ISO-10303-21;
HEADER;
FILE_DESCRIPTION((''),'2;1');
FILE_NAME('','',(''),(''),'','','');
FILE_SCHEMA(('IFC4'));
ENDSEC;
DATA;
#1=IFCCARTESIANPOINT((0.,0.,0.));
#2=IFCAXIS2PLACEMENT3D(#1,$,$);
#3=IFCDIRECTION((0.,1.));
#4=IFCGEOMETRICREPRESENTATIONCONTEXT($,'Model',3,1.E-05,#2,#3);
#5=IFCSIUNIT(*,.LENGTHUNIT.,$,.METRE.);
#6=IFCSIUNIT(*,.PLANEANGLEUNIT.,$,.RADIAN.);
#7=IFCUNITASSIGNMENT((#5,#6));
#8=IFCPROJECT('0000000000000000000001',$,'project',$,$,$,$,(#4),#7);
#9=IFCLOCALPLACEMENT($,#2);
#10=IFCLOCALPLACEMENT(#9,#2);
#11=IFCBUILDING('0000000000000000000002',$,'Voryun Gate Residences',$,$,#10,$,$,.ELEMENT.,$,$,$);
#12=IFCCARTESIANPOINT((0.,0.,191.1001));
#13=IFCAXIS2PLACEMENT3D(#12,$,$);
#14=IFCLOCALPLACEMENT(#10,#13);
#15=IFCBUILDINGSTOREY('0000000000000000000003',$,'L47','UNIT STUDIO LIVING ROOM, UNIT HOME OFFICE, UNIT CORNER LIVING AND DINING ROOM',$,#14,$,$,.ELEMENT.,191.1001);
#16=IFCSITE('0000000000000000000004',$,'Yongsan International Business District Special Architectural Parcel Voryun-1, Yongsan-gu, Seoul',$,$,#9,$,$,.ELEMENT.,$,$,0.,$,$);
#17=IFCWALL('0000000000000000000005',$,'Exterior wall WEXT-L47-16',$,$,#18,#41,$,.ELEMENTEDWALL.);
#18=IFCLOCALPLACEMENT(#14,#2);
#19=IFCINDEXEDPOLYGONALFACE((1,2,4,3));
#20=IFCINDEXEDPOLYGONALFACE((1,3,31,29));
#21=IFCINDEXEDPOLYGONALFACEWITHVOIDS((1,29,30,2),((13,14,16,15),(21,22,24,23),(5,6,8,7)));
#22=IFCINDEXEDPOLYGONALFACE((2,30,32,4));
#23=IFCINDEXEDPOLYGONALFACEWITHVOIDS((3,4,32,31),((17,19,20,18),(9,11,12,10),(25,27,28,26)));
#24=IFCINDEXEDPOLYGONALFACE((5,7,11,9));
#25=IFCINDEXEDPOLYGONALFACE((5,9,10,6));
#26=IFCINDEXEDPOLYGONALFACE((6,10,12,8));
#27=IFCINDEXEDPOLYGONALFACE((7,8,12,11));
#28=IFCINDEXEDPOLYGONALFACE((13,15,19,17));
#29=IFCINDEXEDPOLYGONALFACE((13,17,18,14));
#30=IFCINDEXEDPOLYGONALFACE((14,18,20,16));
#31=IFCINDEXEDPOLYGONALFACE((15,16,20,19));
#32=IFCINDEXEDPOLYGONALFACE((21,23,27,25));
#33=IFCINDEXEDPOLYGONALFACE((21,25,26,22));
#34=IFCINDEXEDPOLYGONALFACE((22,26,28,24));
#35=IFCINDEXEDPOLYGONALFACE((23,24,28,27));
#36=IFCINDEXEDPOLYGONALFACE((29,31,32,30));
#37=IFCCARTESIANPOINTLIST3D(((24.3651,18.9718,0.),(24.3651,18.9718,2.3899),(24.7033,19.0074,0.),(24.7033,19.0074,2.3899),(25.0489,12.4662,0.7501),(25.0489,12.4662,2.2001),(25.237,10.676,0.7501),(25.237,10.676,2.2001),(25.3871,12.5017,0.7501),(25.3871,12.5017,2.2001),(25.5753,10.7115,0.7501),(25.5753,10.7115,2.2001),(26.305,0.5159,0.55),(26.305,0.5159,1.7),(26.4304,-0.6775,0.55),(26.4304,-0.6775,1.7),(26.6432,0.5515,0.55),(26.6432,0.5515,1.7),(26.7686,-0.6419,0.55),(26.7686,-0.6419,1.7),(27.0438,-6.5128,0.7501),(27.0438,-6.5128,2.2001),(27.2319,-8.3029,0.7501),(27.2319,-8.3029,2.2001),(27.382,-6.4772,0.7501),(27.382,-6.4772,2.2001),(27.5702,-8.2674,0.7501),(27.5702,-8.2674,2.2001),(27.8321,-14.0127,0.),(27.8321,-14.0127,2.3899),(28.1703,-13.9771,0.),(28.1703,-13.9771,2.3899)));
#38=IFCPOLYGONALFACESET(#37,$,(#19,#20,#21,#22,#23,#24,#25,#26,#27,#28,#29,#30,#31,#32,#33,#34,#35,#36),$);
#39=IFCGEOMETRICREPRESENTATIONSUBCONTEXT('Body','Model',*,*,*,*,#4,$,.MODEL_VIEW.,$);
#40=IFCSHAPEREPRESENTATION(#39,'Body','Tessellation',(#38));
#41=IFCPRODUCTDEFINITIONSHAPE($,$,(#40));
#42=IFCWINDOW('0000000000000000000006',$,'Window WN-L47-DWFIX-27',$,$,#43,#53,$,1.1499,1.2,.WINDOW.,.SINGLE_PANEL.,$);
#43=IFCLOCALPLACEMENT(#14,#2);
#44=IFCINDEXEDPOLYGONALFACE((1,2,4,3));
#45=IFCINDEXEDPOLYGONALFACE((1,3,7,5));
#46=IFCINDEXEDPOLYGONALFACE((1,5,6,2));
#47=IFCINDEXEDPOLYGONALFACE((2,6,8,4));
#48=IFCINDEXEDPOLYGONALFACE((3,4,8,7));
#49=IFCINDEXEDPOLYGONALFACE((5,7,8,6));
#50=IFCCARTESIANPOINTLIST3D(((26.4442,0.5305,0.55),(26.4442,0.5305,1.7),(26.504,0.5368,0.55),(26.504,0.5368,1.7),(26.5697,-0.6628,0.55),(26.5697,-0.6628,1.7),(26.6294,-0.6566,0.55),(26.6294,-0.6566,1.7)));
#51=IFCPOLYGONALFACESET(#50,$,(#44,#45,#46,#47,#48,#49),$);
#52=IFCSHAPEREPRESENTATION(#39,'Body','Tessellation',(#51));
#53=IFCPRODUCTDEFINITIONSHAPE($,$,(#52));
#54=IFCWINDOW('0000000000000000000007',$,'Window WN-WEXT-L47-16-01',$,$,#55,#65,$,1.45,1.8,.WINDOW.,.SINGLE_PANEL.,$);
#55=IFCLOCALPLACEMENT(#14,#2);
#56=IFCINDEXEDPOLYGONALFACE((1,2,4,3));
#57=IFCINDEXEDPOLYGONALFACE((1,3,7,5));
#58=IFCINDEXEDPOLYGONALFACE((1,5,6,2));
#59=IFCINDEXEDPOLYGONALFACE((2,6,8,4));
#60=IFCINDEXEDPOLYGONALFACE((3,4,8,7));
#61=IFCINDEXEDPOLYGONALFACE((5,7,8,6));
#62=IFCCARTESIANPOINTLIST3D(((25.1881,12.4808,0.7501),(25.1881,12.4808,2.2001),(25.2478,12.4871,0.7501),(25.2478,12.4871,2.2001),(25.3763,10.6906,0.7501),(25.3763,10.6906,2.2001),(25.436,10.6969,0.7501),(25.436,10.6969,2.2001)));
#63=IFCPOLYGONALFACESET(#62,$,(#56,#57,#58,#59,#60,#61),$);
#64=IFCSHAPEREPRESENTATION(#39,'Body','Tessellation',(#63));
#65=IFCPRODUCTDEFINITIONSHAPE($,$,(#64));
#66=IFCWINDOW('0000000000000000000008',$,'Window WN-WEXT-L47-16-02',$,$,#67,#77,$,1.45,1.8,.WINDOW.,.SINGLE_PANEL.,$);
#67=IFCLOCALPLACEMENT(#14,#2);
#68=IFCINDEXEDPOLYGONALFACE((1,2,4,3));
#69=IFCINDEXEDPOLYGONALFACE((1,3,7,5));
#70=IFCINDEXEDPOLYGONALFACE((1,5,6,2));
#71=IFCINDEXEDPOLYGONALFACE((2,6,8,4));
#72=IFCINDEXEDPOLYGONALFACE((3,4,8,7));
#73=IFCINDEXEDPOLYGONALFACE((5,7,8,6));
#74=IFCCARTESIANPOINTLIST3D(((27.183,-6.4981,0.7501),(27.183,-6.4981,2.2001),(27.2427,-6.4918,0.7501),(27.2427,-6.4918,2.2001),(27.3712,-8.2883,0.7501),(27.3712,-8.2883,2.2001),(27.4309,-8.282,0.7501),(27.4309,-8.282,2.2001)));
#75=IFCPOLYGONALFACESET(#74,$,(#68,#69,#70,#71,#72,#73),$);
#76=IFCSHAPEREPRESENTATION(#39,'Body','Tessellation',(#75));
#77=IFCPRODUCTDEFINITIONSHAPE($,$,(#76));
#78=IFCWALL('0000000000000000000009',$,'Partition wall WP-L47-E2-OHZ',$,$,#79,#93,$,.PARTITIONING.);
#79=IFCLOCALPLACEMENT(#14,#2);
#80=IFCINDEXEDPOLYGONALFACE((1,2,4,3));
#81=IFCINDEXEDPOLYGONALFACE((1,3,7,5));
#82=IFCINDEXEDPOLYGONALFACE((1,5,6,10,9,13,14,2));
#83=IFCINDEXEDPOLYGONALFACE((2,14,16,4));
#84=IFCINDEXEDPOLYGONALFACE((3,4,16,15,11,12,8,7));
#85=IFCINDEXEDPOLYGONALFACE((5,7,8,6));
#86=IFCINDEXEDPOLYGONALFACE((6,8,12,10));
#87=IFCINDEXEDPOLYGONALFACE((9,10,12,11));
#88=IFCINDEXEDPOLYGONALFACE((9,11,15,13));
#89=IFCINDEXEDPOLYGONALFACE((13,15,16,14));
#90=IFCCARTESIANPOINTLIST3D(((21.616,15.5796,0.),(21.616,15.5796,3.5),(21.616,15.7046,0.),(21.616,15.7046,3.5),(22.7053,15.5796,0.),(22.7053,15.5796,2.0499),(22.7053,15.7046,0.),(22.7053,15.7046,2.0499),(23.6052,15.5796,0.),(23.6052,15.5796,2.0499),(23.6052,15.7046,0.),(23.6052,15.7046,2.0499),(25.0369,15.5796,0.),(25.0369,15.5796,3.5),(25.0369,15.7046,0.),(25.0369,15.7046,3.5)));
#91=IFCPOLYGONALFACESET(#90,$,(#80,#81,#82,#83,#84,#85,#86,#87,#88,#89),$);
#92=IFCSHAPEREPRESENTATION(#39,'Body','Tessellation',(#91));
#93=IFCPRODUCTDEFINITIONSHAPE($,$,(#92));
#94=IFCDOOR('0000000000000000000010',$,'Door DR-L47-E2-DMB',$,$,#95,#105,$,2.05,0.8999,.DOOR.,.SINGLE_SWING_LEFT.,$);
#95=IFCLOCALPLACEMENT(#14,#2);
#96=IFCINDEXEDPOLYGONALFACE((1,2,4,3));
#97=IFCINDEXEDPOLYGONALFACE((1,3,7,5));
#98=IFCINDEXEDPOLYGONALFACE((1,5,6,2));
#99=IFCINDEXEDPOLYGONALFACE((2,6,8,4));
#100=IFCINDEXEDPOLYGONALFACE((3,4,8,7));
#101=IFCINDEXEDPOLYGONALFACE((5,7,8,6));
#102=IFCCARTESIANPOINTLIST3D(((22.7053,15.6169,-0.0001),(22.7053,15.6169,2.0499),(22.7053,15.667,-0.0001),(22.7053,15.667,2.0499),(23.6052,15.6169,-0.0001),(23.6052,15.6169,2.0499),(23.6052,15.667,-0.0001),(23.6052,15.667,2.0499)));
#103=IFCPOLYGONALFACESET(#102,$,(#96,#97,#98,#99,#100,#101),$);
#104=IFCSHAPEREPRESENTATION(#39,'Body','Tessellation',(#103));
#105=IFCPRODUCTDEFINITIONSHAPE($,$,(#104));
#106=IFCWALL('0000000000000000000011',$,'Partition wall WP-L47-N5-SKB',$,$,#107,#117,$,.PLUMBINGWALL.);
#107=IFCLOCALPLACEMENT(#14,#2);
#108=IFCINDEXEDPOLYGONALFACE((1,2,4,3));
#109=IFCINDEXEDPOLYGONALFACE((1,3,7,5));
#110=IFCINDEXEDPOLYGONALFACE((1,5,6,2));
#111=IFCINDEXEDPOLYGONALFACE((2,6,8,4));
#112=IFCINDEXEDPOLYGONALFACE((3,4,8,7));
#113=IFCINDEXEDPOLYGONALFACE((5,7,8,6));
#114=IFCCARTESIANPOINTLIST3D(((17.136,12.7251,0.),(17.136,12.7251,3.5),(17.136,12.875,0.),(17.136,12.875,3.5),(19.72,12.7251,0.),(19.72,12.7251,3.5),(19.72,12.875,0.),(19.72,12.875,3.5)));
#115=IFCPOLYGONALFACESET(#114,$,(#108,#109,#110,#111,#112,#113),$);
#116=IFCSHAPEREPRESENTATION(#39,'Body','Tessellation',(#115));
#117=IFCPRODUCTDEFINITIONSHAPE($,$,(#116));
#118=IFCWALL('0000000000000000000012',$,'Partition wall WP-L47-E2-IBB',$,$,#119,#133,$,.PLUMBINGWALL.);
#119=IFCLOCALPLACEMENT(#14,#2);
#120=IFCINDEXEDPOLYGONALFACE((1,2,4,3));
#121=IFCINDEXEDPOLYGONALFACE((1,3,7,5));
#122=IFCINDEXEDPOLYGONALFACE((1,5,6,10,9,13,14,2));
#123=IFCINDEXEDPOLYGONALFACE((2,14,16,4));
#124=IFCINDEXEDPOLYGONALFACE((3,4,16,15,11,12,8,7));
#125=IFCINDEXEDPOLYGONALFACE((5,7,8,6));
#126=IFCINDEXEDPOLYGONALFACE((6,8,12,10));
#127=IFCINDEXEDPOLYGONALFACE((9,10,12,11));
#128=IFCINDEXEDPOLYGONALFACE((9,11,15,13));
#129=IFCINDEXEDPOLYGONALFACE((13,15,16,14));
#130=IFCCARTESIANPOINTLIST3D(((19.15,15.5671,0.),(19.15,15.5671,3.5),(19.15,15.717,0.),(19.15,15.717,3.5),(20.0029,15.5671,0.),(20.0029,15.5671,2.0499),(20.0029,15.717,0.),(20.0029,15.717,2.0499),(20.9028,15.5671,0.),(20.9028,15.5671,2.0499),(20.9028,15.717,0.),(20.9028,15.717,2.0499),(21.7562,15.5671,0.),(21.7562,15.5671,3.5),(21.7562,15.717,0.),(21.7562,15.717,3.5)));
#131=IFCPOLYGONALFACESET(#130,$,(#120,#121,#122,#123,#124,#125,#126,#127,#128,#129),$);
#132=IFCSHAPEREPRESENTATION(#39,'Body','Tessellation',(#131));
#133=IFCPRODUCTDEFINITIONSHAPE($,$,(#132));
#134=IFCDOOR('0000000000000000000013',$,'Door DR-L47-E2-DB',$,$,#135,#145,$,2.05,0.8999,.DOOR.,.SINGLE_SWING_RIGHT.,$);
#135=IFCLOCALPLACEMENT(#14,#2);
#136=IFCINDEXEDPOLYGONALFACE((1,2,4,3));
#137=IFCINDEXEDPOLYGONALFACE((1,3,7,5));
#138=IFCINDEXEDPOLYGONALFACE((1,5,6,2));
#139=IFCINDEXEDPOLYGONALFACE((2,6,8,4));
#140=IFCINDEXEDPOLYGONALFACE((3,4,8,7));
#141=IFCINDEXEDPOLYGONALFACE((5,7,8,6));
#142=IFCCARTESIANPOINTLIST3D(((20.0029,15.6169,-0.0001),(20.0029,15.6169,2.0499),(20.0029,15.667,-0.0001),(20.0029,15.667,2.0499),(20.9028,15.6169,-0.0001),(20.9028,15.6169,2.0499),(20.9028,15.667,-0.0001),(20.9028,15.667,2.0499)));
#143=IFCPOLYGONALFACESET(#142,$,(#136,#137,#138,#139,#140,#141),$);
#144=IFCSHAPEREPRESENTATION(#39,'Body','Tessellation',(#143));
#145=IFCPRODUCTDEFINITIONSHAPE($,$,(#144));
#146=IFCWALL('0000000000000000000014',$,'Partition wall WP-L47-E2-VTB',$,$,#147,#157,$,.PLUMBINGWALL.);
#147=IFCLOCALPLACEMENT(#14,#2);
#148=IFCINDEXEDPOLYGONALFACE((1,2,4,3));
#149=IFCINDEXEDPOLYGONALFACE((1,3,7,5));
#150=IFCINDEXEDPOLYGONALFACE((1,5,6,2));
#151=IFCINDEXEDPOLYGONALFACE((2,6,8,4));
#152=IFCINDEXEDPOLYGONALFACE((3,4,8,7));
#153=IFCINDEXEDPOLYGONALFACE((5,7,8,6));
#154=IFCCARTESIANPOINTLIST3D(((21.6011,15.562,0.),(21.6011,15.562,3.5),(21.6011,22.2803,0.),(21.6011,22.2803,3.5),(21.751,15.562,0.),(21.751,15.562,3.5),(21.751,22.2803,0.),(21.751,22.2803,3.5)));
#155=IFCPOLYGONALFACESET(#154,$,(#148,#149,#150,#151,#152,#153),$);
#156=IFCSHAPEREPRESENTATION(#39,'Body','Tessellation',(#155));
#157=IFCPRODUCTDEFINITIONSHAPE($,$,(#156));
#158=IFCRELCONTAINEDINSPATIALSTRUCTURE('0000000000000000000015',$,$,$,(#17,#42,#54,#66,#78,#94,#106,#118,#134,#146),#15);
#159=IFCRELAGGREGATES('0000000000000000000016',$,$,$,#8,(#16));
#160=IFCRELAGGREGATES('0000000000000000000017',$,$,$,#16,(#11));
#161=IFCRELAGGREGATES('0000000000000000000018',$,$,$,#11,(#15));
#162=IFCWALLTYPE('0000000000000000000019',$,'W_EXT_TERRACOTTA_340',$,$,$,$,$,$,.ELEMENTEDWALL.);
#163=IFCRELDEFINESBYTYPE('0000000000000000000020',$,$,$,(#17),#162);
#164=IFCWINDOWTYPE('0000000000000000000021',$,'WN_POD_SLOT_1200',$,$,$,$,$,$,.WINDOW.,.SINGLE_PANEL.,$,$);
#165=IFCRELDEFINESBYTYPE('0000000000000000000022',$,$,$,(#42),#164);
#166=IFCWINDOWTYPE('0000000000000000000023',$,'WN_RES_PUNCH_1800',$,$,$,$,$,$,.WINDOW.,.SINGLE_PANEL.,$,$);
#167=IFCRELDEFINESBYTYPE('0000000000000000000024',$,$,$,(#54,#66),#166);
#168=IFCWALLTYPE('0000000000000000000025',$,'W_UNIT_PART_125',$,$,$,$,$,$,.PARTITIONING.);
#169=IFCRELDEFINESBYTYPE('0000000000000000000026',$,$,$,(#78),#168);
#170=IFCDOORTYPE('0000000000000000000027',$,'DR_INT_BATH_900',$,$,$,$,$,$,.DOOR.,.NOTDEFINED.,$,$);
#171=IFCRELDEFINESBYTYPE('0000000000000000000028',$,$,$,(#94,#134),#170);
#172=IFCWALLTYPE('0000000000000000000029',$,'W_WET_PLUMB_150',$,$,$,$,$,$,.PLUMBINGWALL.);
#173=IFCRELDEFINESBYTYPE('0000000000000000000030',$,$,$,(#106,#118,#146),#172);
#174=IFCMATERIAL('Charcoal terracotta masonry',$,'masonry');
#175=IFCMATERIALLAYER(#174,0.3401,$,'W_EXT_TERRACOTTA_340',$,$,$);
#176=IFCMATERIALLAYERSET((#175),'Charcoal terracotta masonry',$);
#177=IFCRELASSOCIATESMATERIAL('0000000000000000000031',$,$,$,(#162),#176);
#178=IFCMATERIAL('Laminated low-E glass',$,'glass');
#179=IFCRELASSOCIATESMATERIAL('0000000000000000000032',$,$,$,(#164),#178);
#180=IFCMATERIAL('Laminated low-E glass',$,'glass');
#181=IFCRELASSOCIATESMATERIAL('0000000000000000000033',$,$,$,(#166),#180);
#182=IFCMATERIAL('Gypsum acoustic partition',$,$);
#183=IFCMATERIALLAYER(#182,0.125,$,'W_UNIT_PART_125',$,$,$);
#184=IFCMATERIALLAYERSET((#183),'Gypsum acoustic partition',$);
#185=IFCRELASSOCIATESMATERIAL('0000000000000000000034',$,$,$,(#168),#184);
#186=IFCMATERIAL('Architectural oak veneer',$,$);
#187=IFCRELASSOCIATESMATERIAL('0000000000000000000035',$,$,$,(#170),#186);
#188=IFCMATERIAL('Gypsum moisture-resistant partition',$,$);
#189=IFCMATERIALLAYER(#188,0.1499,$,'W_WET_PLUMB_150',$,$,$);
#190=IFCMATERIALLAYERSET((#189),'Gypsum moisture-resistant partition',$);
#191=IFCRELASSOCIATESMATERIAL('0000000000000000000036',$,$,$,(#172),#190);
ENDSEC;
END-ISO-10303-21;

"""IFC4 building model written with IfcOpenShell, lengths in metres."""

from ifc_helpers import new_model, si_unit, direction, frame, frame_2d, origin, place, context, subcontext, project, spatial, rectangle, extrude, material, layer, layer_set, type_object, element, fill, save


model = new_model("IFC4")

# Units and contexts
model_context = context("Model", 3, precision=1e-05, world=origin(), true_north=direction((0.0, 1.0)))
body_context = subcontext(model_context, "Body", "Model", "MODEL_VIEW")
ifc_project = project(units=[si_unit("LENGTHUNIT", "METRE"), si_unit("PLANEANGLEUNIT", "RADIAN")], contexts=[model_context])

# Site, building, storey
site_placement = place(None, origin())
site = spatial("IfcSite", under=ifc_project, at=site_placement, Name="Yongsan International Business District Special Architectural Parcel Voryun-1, Yongsan-gu, Seoul", CompositionType="ELEMENT", RefElevation=0.0)
building_placement = place(site_placement, origin())
building = spatial("IfcBuilding", under=site, at=building_placement, Name="Voryun Gate Residences", CompositionType="ELEMENT")
storey_placement = place(building_placement, frame((0.0, 0.0, 191.1001)))
storey = spatial("IfcBuildingStorey", under=building, at=storey_placement, Name="L47", Description="UNIT STUDIO LIVING ROOM, UNIT HOME OFFICE, UNIT CORNER LIVING AND DINING ROOM", CompositionType="ELEMENT", Elevation=191.1001)

# Shared definitions
ifc_material_1 = material(Name="Charcoal terracotta masonry", Category="masonry")
ifc_layer_1 = layer(ifc_material_1, 0.3401, Name="W_EXT_TERRACOTTA_340")
ifc_layer_set_1 = layer_set([ifc_layer_1], Name="Charcoal terracotta masonry")
wall_type_1 = type_object("IfcWallType", Name="W_EXT_TERRACOTTA_340", PredefinedType="ELEMENTEDWALL", material=ifc_layer_set_1)

# Wall, openings, windows
wall_1_placement = place(storey_placement, frame((24.5342, 18.9895, 0.0), z_axis=(0.0, 0.0, 1.0), x_axis=(0.104535, -0.994521, 0.0)))
wall_1 = element("IfcWall", 1, at=wall_1_placement, inside=storey, type_object=wall_type_1, Name="Exterior wall WEXT-L47-16", PredefinedType="ELEMENTEDWALL", context=body_context, shape_type="SweptSolid", body=[
    extrude(rectangle(XDim=33.1663, YDim=0.3401, at=frame_2d((16.583, 0.0))), origin(), (0.0, 0.0, 1.0), 2.3899),
])
opening_1_placement = place(wall_1_placement, frame((6.5415, 0.0, 0.75)))
opening_1 = element("IfcOpeningElement", 2, at=opening_1_placement, cuts=wall_1, PredefinedType="OPENING", context=body_context, shape_type="SweptSolid", body=[
    extrude(rectangle(XDim=1.8, YDim=1.45, at=frame_2d((0.8999, 0.7251))), frame((0.0, 0.1799, 0.0), z_axis=(0.0, -1.0, 0.0), x_axis=(1.0, 0.0, 0.0)), (0.0, 0.0, 1.0), 0.3601),
])
opening_2_placement = place(wall_1_placement, frame((25.625, 0.0, 0.75)))
opening_2 = element("IfcOpeningElement", 3, at=opening_2_placement, cuts=wall_1, PredefinedType="OPENING", context=body_context, shape_type="SweptSolid", body=[
    extrude(rectangle(XDim=1.8, YDim=1.45, at=frame_2d((0.8999, 0.7251))), frame((0.0, 0.1799, 0.0), z_axis=(0.0, -1.0, 0.0), x_axis=(1.0, 0.0, 0.0)), (0.0, 0.0, 1.0), 0.3601),
])
opening_3_placement = place(wall_1_placement, frame((18.5574, 0.0, 0.55)))
opening_3 = element("IfcOpeningElement", 4, at=opening_3_placement, cuts=wall_1, PredefinedType="OPENING", context=body_context, shape_type="SweptSolid", body=[
    extrude(rectangle(XDim=1.2, YDim=1.1499, at=frame_2d((0.6001, 0.575))), frame((0.0, 0.1799, 0.0), z_axis=(0.0, -1.0, 0.0), x_axis=(1.0, 0.0, 0.0)), (0.0, 0.0, 1.0), 0.3601),
])
ifc_material_2 = material(Name="Laminated low-E glass", Category="glass")
window_type_1 = type_object("IfcWindowType", Name="WN_POD_SLOT_1200", PartitioningType="SINGLE_PANEL", PredefinedType="WINDOW", material=ifc_material_2)
window_1_placement = place(opening_3_placement, origin())
window_1 = element("IfcWindow", 5, at=window_1_placement, inside=storey, type_object=window_type_1, Name="Window WN-L47-DWFIX-27", OverallHeight=1.1499, OverallWidth=1.2, PartitioningType="SINGLE_PANEL", PredefinedType="WINDOW", context=body_context, shape_type="SweptSolid", body=[
    extrude(rectangle(XDim=1.2, YDim=1.1499, at=frame_2d((0.6001, 0.575))), frame((0.0, 0.03, 0.0), z_axis=(0.0, -1.0, 0.0), x_axis=(1.0, 0.0, 0.0)), (0.0, 0.0, 1.0), 0.0601),
])
fill(opening_3, window_1)
ifc_material_3 = material(Name="Laminated low-E glass", Category="glass")
window_type_2 = type_object("IfcWindowType", Name="WN_RES_PUNCH_1800", PartitioningType="SINGLE_PANEL", PredefinedType="WINDOW", material=ifc_material_3)
window_2_placement = place(opening_1_placement, origin())
window_2 = element("IfcWindow", 6, at=window_2_placement, inside=storey, type_object=window_type_2, Name="Window WN-WEXT-L47-16-01", OverallHeight=1.45, OverallWidth=1.8, PartitioningType="SINGLE_PANEL", PredefinedType="WINDOW", context=body_context, shape_type="SweptSolid", body=[
    extrude(rectangle(XDim=1.8, YDim=1.45, at=frame_2d((0.8999, 0.7251))), frame((0.0, 0.03, 0.0), z_axis=(0.0, -1.0, 0.0), x_axis=(1.0, 0.0, 0.0)), (0.0, 0.0, 1.0), 0.0601),
])
fill(opening_1, window_2)
window_3_placement = place(opening_2_placement, origin())
window_3 = element("IfcWindow", 7, at=window_3_placement, inside=storey, type_object=window_type_2, Name="Window WN-WEXT-L47-16-02", OverallHeight=1.45, OverallWidth=1.8, PartitioningType="SINGLE_PANEL", PredefinedType="WINDOW", context=body_context, shape_type="SweptSolid", body=[
    extrude(rectangle(XDim=1.8, YDim=1.45, at=frame_2d((0.8999, 0.7251))), frame((0.0, 0.03, 0.0), z_axis=(0.0, -1.0, 0.0), x_axis=(1.0, 0.0, 0.0)), (0.0, 0.0, 1.0), 0.0601),
])
fill(opening_2, window_3)

# Wall, opening, door
ifc_material_4 = material(Name="Gypsum acoustic partition")
ifc_layer_2 = layer(ifc_material_4, 0.125, Name="W_UNIT_PART_125")
ifc_layer_set_2 = layer_set([ifc_layer_2], Name="Gypsum acoustic partition")
wall_type_2 = type_object("IfcWallType", Name="W_UNIT_PART_125", PredefinedType="PARTITIONING", material=ifc_layer_set_2)
wall_2_placement = place(storey_placement, frame((21.616, 15.6421, 0.0), z_axis=(0.0, 0.0, 1.0), x_axis=(1.0, 0.0, 0.0)))
wall_2 = element("IfcWall", 8, at=wall_2_placement, inside=storey, type_object=wall_type_2, Name="Partition wall WP-L47-E2-OHZ", PredefinedType="PARTITIONING", context=body_context, shape_type="SweptSolid", body=[
    extrude(rectangle(XDim=3.4209, YDim=0.125, at=frame_2d((1.7104, 0.0))), origin(), (0.0, 0.0, 1.0), 3.5),
])
opening_4_placement = place(wall_2_placement, frame((1.0894, 0.0, 0.0)))
opening_4 = element("IfcOpeningElement", 9, at=opening_4_placement, cuts=wall_2, PredefinedType="OPENING", context=body_context, shape_type="SweptSolid", body=[
    extrude(rectangle(XDim=0.8999, YDim=2.05, at=frame_2d((0.45, 1.0249))), frame((0.0, 0.0725, 0.0), z_axis=(0.0, -1.0, 0.0), x_axis=(1.0, 0.0, 0.0)), (0.0, 0.0, 1.0), 0.145),
])
ifc_material_5 = material(Name="Architectural oak veneer")
door_type = type_object("IfcDoorType", Name="DR_INT_BATH_900", OperationType="NOTDEFINED", PredefinedType="DOOR", material=ifc_material_5)
door_1_placement = place(opening_4_placement, origin())
door_1 = element("IfcDoor", 10, at=door_1_placement, inside=storey, type_object=door_type, Name="Door DR-L47-E2-DMB", OperationType="SINGLE_SWING_LEFT", OverallHeight=2.05, OverallWidth=0.8999, PredefinedType="DOOR", context=body_context, shape_type="SweptSolid", body=[
    extrude(rectangle(XDim=0.8999, YDim=2.05, at=frame_2d((0.45, 1.0249))), frame((0.0, 0.0249, 0.0), z_axis=(0.0, -1.0, 0.0), x_axis=(1.0, 0.0, 0.0)), (0.0, 0.0, 1.0), 0.05),
])
fill(opening_4, door_1)

# Wall
ifc_material_6 = material(Name="Gypsum moisture-resistant partition")
ifc_layer_3 = layer(ifc_material_6, 0.1499, Name="W_WET_PLUMB_150")
ifc_layer_set_3 = layer_set([ifc_layer_3], Name="Gypsum moisture-resistant partition")
wall_type_3 = type_object("IfcWallType", Name="W_WET_PLUMB_150", PredefinedType="PLUMBINGWALL", material=ifc_layer_set_3)
wall_3_placement = place(storey_placement, frame((17.136, 12.8, 0.0), z_axis=(0.0, 0.0, 1.0), x_axis=(1.0, 0.0, 0.0)))
element("IfcWall", 11, at=wall_3_placement, inside=storey, type_object=wall_type_3, Name="Partition wall WP-L47-N5-SKB", PredefinedType="PLUMBINGWALL", context=body_context, shape_type="SweptSolid", body=[
    extrude(rectangle(XDim=2.584, YDim=0.1499, at=frame_2d((1.292, 0.0))), origin(), (0.0, 0.0, 1.0), 3.5),
])

# Wall, opening, door
wall_4_placement = place(storey_placement, frame((19.1499, 15.6421, 0.0), z_axis=(0.0, 0.0, 1.0), x_axis=(1.0, 0.0, 0.0)))
wall_4 = element("IfcWall", 12, at=wall_4_placement, inside=storey, type_object=wall_type_3, Name="Partition wall WP-L47-E2-IBB", PredefinedType="PLUMBINGWALL", context=body_context, shape_type="SweptSolid", body=[
    extrude(rectangle(XDim=2.6062, YDim=0.1499, at=frame_2d((1.3032, 0.0))), origin(), (0.0, 0.0, 1.0), 3.5),
])
opening_5_placement = place(wall_4_placement, frame((0.853, 0.0, 0.0)))
opening_5 = element("IfcOpeningElement", 13, at=opening_5_placement, cuts=wall_4, PredefinedType="OPENING", context=body_context, shape_type="SweptSolid", body=[
    extrude(rectangle(XDim=0.8999, YDim=2.05, at=frame_2d((0.45, 1.0249))), frame((0.0, 0.085, 0.0), z_axis=(0.0, -1.0, 0.0), x_axis=(1.0, 0.0, 0.0)), (0.0, 0.0, 1.0), 0.1699),
])
door_2_placement = place(opening_5_placement, origin())
door_2 = element("IfcDoor", 14, at=door_2_placement, inside=storey, type_object=door_type, Name="Door DR-L47-E2-DB", OperationType="SINGLE_SWING_RIGHT", OverallHeight=2.05, OverallWidth=0.8999, PredefinedType="DOOR", context=body_context, shape_type="SweptSolid", body=[
    extrude(rectangle(XDim=0.8999, YDim=2.05, at=frame_2d((0.45, 1.0249))), frame((0.0, 0.0249, 0.0), z_axis=(0.0, -1.0, 0.0), x_axis=(1.0, 0.0, 0.0)), (0.0, 0.0, 1.0), 0.05),
])
fill(opening_5, door_2)

# Wall
wall_5_placement = place(storey_placement, frame((21.676, 15.562, 0.0), z_axis=(0.0, 0.0, 1.0), x_axis=(0.0, 1.0, 0.0)))
element("IfcWall", 15, at=wall_5_placement, inside=storey, type_object=wall_type_3, Name="Partition wall WP-L47-E2-VTB", PredefinedType="PLUMBINGWALL", context=body_context, shape_type="SweptSolid", body=[
    extrude(rectangle(XDim=6.7183, YDim=0.1499, at=frame_2d((3.3591, 0.0))), origin(), (0.0, 0.0, 1.0), 3.5),
])

save(model, "model.ifc")
